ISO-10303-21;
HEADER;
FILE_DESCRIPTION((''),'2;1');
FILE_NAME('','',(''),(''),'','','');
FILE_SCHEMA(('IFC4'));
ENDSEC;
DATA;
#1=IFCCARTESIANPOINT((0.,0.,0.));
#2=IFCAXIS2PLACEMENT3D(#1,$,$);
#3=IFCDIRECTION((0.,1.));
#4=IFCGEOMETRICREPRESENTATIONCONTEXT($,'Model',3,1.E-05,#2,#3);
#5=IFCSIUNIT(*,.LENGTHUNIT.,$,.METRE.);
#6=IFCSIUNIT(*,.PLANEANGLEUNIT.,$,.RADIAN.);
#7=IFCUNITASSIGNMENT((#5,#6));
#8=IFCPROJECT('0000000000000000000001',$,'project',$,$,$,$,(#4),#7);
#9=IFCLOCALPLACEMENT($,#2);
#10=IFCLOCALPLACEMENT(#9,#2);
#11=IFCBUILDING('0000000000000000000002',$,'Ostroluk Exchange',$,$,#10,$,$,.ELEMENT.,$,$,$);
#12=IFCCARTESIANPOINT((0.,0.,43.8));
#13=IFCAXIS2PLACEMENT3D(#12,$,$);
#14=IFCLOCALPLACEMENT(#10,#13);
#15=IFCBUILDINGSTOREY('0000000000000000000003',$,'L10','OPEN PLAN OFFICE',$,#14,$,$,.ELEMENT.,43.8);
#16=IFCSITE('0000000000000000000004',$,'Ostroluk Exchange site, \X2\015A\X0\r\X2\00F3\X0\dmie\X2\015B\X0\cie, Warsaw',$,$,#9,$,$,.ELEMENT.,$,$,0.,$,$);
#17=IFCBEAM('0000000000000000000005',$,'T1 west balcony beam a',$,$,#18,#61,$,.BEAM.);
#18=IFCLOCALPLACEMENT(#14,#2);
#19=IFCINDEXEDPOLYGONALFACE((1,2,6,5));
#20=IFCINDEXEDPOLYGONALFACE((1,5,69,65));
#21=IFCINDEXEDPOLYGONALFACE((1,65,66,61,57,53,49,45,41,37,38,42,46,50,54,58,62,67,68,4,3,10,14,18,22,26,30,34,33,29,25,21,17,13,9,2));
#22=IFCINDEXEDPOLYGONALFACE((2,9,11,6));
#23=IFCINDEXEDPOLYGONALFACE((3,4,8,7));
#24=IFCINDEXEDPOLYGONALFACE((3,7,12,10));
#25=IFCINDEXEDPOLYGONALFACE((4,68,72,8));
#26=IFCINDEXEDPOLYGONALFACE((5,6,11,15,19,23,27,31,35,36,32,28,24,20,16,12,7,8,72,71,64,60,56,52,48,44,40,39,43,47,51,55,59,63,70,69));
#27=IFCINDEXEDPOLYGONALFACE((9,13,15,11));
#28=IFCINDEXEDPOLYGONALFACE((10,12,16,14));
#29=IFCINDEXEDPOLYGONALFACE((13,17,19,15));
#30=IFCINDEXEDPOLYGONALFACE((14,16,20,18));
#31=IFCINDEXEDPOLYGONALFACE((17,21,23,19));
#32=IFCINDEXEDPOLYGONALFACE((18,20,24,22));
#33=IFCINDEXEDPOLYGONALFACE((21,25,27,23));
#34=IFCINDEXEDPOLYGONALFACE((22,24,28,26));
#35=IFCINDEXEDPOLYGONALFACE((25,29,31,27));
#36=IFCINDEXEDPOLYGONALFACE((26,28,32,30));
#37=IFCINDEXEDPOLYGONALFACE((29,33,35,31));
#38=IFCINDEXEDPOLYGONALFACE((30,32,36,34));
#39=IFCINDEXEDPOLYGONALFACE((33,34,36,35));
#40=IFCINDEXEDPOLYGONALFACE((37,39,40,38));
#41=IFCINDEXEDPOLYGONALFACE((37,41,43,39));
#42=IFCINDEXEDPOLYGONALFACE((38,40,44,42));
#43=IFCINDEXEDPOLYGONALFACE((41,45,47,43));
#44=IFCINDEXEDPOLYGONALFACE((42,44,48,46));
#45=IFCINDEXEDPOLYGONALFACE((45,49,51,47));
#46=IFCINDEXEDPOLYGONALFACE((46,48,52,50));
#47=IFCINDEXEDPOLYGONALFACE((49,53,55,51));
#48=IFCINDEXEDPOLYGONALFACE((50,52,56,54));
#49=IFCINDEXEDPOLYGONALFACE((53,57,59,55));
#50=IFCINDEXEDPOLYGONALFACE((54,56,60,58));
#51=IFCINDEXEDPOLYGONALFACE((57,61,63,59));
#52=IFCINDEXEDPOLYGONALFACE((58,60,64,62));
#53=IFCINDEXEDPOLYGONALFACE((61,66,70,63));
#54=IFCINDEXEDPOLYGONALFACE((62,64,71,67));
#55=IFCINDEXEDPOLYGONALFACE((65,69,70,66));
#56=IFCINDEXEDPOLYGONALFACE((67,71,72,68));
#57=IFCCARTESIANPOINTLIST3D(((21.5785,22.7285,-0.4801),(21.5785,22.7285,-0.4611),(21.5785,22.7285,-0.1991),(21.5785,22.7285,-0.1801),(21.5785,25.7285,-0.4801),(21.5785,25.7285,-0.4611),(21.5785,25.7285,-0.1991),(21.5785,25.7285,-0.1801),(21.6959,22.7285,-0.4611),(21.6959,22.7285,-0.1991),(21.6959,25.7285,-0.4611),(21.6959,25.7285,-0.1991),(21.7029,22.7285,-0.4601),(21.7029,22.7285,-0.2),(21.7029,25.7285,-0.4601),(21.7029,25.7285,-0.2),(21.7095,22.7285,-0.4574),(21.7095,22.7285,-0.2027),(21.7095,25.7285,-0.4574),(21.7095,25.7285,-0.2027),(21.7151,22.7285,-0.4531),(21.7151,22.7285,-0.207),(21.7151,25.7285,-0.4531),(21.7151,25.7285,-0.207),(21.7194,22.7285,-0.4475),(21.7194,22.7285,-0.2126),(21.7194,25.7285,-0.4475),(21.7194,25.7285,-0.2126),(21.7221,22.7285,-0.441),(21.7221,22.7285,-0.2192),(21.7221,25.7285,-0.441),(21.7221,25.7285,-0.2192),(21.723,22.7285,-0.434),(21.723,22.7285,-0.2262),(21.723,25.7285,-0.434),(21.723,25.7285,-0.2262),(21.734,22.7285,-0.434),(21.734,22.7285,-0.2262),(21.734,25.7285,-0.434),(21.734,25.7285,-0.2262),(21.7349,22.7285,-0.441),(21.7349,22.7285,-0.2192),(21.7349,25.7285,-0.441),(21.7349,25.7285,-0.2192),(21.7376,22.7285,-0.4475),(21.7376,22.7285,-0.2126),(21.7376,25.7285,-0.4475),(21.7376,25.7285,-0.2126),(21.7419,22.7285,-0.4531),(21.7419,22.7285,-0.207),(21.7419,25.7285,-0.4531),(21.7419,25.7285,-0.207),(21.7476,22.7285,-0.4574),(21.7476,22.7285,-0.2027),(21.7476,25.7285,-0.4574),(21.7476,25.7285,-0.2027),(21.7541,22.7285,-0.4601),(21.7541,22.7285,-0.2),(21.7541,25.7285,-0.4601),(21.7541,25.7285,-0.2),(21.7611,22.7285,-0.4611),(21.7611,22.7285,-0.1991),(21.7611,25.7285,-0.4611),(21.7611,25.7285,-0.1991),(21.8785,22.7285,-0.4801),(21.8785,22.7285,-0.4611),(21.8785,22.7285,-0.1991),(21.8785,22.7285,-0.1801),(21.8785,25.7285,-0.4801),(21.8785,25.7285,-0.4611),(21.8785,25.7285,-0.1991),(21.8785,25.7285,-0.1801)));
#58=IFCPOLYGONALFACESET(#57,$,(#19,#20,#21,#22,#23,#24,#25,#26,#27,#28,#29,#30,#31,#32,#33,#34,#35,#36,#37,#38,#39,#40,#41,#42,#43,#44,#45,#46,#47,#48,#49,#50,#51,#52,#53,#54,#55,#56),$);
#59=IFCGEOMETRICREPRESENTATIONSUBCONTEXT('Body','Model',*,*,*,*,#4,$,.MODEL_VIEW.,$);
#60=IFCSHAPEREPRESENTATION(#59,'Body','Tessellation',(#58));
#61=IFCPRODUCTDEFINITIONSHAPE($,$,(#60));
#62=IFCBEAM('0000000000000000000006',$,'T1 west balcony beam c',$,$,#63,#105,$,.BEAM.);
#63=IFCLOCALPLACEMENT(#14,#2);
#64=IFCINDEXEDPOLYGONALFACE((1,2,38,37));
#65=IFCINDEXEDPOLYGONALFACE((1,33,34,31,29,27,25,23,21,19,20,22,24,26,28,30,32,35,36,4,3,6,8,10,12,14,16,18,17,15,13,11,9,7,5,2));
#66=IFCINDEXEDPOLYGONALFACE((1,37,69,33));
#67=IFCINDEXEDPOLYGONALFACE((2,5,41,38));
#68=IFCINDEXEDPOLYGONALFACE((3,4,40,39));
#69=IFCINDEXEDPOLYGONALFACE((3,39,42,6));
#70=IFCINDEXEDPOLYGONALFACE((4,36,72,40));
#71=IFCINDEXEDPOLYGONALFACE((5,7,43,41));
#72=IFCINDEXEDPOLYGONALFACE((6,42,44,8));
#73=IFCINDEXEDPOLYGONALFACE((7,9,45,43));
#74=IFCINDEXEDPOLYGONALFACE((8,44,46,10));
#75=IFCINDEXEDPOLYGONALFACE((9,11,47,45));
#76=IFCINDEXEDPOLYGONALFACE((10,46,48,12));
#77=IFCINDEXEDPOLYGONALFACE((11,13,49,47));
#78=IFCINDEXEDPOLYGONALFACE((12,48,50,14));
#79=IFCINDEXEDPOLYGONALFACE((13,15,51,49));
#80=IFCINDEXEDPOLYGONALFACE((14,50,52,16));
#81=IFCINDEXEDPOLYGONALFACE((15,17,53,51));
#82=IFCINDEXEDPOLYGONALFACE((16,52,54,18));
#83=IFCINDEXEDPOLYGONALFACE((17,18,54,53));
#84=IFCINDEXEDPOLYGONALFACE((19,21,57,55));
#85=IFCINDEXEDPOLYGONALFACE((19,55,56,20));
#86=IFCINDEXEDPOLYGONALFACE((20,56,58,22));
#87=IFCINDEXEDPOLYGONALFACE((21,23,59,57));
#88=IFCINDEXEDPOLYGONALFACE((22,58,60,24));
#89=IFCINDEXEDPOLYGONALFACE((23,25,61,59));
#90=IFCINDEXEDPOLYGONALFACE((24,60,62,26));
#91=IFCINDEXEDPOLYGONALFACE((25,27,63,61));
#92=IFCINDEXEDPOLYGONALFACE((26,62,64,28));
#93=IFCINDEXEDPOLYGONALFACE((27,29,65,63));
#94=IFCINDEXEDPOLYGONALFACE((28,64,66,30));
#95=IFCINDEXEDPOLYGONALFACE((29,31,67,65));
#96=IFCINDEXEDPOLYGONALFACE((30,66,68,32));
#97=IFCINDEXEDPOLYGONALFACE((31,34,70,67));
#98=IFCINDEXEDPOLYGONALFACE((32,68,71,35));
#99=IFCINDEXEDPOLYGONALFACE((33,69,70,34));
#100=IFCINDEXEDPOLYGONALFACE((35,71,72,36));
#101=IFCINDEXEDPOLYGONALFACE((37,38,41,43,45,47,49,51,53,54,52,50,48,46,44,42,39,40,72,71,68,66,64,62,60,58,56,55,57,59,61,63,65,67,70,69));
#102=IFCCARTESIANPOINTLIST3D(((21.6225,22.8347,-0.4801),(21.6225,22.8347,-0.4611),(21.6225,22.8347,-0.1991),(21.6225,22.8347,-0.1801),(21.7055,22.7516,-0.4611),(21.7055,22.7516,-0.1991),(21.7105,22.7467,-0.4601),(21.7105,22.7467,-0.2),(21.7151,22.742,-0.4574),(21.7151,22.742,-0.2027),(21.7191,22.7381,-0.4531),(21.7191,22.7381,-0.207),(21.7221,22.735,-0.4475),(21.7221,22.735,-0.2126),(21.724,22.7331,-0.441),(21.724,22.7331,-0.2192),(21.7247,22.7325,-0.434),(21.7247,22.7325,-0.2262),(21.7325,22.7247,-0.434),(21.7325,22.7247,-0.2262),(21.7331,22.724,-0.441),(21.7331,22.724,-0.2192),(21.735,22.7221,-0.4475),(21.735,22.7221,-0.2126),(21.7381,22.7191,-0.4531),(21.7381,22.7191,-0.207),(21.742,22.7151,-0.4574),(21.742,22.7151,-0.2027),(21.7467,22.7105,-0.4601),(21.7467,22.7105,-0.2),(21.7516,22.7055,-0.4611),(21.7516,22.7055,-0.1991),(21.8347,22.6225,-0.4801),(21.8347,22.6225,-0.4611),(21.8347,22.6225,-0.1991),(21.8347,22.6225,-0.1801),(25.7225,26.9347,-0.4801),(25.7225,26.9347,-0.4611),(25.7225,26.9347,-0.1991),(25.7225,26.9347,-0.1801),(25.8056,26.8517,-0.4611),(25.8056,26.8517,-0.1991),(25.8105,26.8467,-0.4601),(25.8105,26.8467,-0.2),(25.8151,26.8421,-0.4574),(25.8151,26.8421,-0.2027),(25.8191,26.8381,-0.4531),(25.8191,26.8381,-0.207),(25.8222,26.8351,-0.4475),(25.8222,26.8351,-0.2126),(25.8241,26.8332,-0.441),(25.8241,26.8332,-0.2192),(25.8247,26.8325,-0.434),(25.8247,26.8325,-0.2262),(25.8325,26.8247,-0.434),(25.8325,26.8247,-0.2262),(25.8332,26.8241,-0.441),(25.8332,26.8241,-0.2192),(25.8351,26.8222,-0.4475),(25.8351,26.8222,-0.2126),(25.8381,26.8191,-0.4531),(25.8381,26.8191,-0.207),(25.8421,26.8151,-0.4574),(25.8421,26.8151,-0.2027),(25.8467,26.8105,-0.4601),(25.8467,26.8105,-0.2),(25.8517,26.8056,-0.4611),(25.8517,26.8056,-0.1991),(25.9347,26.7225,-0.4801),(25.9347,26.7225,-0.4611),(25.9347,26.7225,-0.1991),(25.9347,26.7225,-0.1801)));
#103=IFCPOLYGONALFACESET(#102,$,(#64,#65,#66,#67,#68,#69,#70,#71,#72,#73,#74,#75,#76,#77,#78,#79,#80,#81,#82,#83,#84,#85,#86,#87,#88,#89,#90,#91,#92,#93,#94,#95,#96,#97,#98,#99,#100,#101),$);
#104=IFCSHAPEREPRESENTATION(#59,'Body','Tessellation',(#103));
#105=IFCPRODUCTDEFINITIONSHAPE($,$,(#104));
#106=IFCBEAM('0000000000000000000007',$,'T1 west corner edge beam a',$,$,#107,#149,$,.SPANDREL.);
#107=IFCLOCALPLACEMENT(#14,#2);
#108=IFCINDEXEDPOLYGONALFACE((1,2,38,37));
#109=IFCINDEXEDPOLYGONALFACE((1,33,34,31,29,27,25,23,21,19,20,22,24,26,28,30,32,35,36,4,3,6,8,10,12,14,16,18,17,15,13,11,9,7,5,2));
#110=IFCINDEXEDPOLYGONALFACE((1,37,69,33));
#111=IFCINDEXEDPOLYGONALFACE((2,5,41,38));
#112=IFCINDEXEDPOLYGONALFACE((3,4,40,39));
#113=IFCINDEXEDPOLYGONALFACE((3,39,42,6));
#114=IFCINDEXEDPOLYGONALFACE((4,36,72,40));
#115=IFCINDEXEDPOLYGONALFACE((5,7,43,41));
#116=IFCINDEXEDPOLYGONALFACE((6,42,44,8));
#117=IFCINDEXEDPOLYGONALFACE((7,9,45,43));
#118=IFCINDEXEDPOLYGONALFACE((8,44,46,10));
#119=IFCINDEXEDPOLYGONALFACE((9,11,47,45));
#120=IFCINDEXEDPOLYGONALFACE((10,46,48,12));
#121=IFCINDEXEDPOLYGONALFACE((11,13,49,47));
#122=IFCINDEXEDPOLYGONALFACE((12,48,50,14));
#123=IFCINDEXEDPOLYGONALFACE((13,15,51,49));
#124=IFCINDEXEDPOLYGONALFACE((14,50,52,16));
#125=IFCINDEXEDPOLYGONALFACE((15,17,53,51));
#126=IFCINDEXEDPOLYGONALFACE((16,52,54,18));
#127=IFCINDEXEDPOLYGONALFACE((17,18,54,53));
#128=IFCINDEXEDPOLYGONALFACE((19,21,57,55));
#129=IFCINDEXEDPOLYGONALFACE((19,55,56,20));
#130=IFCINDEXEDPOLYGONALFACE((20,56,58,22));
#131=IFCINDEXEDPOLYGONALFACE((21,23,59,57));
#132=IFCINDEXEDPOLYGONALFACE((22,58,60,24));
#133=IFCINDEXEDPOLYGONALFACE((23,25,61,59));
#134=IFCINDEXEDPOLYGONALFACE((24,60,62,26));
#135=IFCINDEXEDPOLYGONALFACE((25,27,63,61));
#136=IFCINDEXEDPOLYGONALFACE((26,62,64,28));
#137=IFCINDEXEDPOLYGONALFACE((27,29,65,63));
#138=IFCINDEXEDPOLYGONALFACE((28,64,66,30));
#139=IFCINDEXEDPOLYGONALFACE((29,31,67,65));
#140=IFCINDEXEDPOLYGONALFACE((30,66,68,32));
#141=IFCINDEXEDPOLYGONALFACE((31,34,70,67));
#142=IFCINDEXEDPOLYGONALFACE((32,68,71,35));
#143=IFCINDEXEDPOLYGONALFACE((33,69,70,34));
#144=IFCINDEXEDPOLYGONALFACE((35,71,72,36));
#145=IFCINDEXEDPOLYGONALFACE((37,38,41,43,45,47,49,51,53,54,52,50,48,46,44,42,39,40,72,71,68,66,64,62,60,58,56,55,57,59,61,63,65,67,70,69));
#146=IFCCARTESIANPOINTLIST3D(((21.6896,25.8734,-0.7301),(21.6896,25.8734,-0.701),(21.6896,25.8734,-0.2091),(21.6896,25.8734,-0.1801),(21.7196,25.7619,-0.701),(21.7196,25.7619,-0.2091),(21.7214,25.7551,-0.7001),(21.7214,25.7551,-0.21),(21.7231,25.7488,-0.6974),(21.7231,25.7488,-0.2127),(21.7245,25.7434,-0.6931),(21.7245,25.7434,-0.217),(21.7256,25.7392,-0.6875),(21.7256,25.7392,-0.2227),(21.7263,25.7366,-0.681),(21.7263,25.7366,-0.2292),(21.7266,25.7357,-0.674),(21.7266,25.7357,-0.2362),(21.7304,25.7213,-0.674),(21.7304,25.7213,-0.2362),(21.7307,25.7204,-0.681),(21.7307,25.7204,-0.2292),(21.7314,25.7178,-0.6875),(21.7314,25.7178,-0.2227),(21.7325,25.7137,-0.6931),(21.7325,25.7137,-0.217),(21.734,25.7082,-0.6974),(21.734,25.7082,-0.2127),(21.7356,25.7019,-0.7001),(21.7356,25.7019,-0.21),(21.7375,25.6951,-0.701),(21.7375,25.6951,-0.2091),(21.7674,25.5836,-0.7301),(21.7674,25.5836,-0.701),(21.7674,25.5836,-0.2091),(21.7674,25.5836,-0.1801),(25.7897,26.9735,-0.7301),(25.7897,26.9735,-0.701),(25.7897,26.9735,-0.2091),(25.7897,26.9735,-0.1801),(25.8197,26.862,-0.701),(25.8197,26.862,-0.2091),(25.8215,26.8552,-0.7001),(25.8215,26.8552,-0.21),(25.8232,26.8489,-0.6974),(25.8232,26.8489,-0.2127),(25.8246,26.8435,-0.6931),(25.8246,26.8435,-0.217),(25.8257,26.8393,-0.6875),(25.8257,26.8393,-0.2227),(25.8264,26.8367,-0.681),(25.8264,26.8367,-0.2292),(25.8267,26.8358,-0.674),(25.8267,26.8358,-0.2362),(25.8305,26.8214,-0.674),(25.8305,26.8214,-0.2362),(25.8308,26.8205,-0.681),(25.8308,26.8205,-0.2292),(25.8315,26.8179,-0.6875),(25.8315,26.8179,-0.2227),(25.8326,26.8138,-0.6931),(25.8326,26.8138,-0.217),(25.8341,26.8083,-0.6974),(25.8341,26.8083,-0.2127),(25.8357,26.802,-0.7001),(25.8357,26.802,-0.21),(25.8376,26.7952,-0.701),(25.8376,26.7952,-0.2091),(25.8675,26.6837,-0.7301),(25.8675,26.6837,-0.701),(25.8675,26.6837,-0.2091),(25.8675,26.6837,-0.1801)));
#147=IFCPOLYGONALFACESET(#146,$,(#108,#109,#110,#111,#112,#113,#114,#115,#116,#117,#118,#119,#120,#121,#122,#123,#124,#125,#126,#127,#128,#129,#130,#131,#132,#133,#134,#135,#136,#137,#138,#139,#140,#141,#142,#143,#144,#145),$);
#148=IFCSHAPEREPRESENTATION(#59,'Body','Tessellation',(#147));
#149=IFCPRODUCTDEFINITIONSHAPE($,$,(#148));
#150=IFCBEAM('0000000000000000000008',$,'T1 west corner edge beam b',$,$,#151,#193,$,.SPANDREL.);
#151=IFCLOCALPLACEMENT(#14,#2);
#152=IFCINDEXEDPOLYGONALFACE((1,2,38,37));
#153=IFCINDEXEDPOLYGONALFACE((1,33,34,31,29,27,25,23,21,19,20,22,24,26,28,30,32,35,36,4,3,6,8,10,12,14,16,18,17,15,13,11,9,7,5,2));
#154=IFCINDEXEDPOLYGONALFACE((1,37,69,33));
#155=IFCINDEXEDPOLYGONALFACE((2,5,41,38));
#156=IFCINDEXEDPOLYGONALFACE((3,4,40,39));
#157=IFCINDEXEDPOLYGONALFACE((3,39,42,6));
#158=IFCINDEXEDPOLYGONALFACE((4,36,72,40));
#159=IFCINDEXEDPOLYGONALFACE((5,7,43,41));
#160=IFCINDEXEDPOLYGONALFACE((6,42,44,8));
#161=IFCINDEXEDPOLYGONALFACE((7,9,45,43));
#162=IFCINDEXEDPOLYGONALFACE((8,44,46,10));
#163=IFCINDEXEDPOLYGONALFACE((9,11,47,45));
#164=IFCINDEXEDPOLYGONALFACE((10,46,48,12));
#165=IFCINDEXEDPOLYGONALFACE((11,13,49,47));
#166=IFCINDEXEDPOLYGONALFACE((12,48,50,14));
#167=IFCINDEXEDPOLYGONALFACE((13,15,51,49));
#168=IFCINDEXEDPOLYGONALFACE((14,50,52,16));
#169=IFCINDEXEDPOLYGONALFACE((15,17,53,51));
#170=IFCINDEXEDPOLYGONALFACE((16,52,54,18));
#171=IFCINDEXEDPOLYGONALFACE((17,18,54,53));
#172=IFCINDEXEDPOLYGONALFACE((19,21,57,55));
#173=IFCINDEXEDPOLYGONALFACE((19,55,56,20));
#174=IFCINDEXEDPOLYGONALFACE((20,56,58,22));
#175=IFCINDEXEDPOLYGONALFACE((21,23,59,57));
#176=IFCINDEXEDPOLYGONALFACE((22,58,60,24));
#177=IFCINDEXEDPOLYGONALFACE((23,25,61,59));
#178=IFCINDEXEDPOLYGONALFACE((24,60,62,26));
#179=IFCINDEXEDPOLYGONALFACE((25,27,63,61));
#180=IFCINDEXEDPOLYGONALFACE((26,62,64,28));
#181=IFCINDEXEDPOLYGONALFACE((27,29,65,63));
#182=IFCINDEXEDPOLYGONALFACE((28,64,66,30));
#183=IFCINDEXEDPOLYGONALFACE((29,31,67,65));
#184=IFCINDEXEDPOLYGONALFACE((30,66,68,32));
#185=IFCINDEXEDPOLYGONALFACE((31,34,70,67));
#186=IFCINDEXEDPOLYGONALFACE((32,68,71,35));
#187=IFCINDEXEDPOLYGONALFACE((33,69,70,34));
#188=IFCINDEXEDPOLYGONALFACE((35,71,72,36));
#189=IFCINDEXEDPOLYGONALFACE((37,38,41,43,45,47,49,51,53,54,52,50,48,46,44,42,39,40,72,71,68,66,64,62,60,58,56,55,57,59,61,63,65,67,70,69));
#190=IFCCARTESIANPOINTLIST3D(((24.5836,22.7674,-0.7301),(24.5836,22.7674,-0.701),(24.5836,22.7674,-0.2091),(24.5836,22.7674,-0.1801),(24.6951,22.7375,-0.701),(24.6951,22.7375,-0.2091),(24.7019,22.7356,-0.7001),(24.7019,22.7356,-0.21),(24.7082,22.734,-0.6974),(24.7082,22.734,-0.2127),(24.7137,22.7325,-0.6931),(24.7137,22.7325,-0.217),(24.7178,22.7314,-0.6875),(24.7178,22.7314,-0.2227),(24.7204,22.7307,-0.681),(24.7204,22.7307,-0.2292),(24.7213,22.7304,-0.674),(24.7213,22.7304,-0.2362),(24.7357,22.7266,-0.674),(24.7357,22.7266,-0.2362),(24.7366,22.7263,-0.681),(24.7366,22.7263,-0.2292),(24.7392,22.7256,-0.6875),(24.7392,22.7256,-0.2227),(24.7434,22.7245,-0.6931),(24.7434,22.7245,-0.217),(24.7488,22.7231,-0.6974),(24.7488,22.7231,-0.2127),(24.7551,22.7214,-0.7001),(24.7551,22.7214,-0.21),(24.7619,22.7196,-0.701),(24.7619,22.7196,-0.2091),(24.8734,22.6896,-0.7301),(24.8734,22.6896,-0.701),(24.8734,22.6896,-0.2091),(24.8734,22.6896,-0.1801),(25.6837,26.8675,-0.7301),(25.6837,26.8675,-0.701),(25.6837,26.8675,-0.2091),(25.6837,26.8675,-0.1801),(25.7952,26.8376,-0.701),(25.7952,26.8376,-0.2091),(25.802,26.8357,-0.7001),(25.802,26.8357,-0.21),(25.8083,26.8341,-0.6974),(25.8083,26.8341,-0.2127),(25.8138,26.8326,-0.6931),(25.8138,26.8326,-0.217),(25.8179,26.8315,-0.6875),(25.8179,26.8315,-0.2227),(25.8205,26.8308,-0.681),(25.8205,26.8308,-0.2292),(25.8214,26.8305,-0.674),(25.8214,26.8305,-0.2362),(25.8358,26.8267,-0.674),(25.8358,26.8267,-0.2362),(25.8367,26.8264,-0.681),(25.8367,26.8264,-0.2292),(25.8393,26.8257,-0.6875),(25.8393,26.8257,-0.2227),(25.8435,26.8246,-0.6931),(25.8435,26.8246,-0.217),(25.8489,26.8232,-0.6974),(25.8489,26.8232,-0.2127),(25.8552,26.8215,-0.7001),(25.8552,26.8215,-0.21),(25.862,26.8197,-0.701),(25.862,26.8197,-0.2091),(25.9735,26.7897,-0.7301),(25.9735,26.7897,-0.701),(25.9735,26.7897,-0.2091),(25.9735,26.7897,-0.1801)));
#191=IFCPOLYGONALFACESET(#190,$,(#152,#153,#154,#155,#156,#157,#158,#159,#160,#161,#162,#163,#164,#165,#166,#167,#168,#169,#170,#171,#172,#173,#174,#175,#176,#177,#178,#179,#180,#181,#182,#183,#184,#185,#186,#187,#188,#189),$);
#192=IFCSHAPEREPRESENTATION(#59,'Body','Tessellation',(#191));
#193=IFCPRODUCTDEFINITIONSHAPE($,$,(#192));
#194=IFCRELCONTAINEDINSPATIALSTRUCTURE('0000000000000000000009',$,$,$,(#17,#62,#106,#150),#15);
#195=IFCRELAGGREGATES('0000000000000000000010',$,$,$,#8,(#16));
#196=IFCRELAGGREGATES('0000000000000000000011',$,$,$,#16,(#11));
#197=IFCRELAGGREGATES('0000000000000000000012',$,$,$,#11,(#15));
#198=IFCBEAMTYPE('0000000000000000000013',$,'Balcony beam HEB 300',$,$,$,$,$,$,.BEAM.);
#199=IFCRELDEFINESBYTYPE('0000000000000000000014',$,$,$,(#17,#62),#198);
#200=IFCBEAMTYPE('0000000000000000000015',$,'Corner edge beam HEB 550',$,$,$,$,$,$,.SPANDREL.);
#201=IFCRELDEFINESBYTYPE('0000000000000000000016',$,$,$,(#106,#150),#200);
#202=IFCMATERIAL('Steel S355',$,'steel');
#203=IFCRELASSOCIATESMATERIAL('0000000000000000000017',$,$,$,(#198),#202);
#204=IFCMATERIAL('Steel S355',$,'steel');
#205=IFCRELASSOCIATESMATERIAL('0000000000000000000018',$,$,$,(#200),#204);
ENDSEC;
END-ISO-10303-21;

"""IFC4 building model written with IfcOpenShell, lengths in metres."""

from ifc_helpers import new_model, si_unit, direction, frame, origin, origin_2d, place, context, subcontext, project, spatial, i_section, extrude, material, material_profile, profile_set, type_object, element, save


model = new_model("IFC4")

# Units and contexts
model_context = context("Model", 3, precision=1e-05, world=origin(), true_north=direction((0.0, 1.0)))
body_context = subcontext(model_context, "Body", "Model", "MODEL_VIEW")
ifc_project = project(units=[si_unit("LENGTHUNIT", "METRE"), si_unit("PLANEANGLEUNIT", "RADIAN")], contexts=[model_context])

# Site, building, storey
site_placement = place(None, origin())
site = spatial("IfcSite", under=ifc_project, at=site_placement, Name="Ostroluk Exchange site, Śródmieście, Warsaw", CompositionType="ELEMENT", RefElevation=0.0)
building_placement = place(site_placement, origin())
building = spatial("IfcBuilding", under=site, at=building_placement, Name="Ostroluk Exchange", CompositionType="ELEMENT")
storey_placement = place(building_placement, frame((0.0, 0.0, 43.8)))
storey = spatial("IfcBuildingStorey", under=building, at=storey_placement, Name="L10", Description="OPEN PLAN OFFICE", CompositionType="ELEMENT", Elevation=43.8)

# Beams
ifc_material_1 = material(Name="Steel S355", Category="steel")
ifc_material_profile_1 = material_profile(ifc_material_1, i_section(OverallWidth=0.3, OverallDepth=0.3, WebThickness=0.011, FlangeThickness=0.019, FilletRadius=0.0271, at=origin_2d()), Name="HEB 300")
ifc_profile_set_1 = profile_set([ifc_material_profile_1], Name="Steel S355")
beam_type_1 = type_object("IfcBeamType", Name="Balcony beam HEB 300", PredefinedType="BEAM", material=ifc_profile_set_1)
beam_1_placement = place(storey_placement, frame((21.7285, 25.7285, -0.3301), z_axis=(0.0, -1.0, 0.0), x_axis=(1.0, 0.0, 0.0)))
element("IfcBeam", 1, at=beam_1_placement, inside=storey, type_object=beam_type_1, Name="T1 west balcony beam a", PredefinedType="BEAM", context=body_context, shape_type="SweptSolid", body=[
    extrude(i_section(OverallWidth=0.3, OverallDepth=0.3, WebThickness=0.011, FlangeThickness=0.019, FilletRadius=0.0271, at=origin_2d()), origin(), (0.0, 0.0, 1.0), 3.0),
])
beam_2_placement = place(storey_placement, frame((25.8286, 26.8286, -0.3301), z_axis=(-0.707107, -0.707107, 0.0), x_axis=(0.707107, -0.707107, 0.0)))
element("IfcBeam", 2, at=beam_2_placement, inside=storey, type_object=beam_type_1, Name="T1 west balcony beam c", PredefinedType="BEAM", context=body_context, shape_type="SweptSolid", body=[
    extrude(i_section(OverallWidth=0.3, OverallDepth=0.3, WebThickness=0.011, FlangeThickness=0.019, FilletRadius=0.0271, at=origin_2d()), origin(), (0.0, 0.0, 1.0), 5.7983),
])
ifc_material_2 = material(Name="Steel S355", Category="steel")
ifc_material_profile_2 = material_profile(ifc_material_2, i_section(OverallWidth=0.3, OverallDepth=0.55, WebThickness=0.0149, FlangeThickness=0.0291, FilletRadius=0.0271, at=origin_2d()), Name="HEB 550")
ifc_profile_set_2 = profile_set([ifc_material_profile_2], Name="Steel S355")
beam_type_2 = type_object("IfcBeamType", Name="Corner edge beam HEB 550", PredefinedType="SPANDREL", material=ifc_profile_set_2)
for number, where, z_axis, x_axis, name in (
    (3, (25.8286, 26.8286, -0.4551), (-0.965839, -0.259144, 0.0), (0.259144, -0.965839, 0.0), "T1 west corner edge beam a"),
    (4, (25.8286, 26.8286, -0.4551), (-0.259144, -0.965839, 0.0), (0.965839, -0.259144, 0.0), "T1 west corner edge beam b"),
):
    element("IfcBeam", number, at=place(storey_placement, frame(where, z_axis=z_axis, x_axis=x_axis)), inside=storey, type_object=beam_type_2, Name=name, PredefinedType="SPANDREL", context=body_context, shape_type="SweptSolid", body=[
        extrude(i_section(OverallWidth=0.3, OverallDepth=0.55, WebThickness=0.0149, FlangeThickness=0.0291, FilletRadius=0.0271, at=origin_2d()), origin(), (0.0, 0.0, 1.0), 4.2451),
    ])

save(model, "model.ifc")
